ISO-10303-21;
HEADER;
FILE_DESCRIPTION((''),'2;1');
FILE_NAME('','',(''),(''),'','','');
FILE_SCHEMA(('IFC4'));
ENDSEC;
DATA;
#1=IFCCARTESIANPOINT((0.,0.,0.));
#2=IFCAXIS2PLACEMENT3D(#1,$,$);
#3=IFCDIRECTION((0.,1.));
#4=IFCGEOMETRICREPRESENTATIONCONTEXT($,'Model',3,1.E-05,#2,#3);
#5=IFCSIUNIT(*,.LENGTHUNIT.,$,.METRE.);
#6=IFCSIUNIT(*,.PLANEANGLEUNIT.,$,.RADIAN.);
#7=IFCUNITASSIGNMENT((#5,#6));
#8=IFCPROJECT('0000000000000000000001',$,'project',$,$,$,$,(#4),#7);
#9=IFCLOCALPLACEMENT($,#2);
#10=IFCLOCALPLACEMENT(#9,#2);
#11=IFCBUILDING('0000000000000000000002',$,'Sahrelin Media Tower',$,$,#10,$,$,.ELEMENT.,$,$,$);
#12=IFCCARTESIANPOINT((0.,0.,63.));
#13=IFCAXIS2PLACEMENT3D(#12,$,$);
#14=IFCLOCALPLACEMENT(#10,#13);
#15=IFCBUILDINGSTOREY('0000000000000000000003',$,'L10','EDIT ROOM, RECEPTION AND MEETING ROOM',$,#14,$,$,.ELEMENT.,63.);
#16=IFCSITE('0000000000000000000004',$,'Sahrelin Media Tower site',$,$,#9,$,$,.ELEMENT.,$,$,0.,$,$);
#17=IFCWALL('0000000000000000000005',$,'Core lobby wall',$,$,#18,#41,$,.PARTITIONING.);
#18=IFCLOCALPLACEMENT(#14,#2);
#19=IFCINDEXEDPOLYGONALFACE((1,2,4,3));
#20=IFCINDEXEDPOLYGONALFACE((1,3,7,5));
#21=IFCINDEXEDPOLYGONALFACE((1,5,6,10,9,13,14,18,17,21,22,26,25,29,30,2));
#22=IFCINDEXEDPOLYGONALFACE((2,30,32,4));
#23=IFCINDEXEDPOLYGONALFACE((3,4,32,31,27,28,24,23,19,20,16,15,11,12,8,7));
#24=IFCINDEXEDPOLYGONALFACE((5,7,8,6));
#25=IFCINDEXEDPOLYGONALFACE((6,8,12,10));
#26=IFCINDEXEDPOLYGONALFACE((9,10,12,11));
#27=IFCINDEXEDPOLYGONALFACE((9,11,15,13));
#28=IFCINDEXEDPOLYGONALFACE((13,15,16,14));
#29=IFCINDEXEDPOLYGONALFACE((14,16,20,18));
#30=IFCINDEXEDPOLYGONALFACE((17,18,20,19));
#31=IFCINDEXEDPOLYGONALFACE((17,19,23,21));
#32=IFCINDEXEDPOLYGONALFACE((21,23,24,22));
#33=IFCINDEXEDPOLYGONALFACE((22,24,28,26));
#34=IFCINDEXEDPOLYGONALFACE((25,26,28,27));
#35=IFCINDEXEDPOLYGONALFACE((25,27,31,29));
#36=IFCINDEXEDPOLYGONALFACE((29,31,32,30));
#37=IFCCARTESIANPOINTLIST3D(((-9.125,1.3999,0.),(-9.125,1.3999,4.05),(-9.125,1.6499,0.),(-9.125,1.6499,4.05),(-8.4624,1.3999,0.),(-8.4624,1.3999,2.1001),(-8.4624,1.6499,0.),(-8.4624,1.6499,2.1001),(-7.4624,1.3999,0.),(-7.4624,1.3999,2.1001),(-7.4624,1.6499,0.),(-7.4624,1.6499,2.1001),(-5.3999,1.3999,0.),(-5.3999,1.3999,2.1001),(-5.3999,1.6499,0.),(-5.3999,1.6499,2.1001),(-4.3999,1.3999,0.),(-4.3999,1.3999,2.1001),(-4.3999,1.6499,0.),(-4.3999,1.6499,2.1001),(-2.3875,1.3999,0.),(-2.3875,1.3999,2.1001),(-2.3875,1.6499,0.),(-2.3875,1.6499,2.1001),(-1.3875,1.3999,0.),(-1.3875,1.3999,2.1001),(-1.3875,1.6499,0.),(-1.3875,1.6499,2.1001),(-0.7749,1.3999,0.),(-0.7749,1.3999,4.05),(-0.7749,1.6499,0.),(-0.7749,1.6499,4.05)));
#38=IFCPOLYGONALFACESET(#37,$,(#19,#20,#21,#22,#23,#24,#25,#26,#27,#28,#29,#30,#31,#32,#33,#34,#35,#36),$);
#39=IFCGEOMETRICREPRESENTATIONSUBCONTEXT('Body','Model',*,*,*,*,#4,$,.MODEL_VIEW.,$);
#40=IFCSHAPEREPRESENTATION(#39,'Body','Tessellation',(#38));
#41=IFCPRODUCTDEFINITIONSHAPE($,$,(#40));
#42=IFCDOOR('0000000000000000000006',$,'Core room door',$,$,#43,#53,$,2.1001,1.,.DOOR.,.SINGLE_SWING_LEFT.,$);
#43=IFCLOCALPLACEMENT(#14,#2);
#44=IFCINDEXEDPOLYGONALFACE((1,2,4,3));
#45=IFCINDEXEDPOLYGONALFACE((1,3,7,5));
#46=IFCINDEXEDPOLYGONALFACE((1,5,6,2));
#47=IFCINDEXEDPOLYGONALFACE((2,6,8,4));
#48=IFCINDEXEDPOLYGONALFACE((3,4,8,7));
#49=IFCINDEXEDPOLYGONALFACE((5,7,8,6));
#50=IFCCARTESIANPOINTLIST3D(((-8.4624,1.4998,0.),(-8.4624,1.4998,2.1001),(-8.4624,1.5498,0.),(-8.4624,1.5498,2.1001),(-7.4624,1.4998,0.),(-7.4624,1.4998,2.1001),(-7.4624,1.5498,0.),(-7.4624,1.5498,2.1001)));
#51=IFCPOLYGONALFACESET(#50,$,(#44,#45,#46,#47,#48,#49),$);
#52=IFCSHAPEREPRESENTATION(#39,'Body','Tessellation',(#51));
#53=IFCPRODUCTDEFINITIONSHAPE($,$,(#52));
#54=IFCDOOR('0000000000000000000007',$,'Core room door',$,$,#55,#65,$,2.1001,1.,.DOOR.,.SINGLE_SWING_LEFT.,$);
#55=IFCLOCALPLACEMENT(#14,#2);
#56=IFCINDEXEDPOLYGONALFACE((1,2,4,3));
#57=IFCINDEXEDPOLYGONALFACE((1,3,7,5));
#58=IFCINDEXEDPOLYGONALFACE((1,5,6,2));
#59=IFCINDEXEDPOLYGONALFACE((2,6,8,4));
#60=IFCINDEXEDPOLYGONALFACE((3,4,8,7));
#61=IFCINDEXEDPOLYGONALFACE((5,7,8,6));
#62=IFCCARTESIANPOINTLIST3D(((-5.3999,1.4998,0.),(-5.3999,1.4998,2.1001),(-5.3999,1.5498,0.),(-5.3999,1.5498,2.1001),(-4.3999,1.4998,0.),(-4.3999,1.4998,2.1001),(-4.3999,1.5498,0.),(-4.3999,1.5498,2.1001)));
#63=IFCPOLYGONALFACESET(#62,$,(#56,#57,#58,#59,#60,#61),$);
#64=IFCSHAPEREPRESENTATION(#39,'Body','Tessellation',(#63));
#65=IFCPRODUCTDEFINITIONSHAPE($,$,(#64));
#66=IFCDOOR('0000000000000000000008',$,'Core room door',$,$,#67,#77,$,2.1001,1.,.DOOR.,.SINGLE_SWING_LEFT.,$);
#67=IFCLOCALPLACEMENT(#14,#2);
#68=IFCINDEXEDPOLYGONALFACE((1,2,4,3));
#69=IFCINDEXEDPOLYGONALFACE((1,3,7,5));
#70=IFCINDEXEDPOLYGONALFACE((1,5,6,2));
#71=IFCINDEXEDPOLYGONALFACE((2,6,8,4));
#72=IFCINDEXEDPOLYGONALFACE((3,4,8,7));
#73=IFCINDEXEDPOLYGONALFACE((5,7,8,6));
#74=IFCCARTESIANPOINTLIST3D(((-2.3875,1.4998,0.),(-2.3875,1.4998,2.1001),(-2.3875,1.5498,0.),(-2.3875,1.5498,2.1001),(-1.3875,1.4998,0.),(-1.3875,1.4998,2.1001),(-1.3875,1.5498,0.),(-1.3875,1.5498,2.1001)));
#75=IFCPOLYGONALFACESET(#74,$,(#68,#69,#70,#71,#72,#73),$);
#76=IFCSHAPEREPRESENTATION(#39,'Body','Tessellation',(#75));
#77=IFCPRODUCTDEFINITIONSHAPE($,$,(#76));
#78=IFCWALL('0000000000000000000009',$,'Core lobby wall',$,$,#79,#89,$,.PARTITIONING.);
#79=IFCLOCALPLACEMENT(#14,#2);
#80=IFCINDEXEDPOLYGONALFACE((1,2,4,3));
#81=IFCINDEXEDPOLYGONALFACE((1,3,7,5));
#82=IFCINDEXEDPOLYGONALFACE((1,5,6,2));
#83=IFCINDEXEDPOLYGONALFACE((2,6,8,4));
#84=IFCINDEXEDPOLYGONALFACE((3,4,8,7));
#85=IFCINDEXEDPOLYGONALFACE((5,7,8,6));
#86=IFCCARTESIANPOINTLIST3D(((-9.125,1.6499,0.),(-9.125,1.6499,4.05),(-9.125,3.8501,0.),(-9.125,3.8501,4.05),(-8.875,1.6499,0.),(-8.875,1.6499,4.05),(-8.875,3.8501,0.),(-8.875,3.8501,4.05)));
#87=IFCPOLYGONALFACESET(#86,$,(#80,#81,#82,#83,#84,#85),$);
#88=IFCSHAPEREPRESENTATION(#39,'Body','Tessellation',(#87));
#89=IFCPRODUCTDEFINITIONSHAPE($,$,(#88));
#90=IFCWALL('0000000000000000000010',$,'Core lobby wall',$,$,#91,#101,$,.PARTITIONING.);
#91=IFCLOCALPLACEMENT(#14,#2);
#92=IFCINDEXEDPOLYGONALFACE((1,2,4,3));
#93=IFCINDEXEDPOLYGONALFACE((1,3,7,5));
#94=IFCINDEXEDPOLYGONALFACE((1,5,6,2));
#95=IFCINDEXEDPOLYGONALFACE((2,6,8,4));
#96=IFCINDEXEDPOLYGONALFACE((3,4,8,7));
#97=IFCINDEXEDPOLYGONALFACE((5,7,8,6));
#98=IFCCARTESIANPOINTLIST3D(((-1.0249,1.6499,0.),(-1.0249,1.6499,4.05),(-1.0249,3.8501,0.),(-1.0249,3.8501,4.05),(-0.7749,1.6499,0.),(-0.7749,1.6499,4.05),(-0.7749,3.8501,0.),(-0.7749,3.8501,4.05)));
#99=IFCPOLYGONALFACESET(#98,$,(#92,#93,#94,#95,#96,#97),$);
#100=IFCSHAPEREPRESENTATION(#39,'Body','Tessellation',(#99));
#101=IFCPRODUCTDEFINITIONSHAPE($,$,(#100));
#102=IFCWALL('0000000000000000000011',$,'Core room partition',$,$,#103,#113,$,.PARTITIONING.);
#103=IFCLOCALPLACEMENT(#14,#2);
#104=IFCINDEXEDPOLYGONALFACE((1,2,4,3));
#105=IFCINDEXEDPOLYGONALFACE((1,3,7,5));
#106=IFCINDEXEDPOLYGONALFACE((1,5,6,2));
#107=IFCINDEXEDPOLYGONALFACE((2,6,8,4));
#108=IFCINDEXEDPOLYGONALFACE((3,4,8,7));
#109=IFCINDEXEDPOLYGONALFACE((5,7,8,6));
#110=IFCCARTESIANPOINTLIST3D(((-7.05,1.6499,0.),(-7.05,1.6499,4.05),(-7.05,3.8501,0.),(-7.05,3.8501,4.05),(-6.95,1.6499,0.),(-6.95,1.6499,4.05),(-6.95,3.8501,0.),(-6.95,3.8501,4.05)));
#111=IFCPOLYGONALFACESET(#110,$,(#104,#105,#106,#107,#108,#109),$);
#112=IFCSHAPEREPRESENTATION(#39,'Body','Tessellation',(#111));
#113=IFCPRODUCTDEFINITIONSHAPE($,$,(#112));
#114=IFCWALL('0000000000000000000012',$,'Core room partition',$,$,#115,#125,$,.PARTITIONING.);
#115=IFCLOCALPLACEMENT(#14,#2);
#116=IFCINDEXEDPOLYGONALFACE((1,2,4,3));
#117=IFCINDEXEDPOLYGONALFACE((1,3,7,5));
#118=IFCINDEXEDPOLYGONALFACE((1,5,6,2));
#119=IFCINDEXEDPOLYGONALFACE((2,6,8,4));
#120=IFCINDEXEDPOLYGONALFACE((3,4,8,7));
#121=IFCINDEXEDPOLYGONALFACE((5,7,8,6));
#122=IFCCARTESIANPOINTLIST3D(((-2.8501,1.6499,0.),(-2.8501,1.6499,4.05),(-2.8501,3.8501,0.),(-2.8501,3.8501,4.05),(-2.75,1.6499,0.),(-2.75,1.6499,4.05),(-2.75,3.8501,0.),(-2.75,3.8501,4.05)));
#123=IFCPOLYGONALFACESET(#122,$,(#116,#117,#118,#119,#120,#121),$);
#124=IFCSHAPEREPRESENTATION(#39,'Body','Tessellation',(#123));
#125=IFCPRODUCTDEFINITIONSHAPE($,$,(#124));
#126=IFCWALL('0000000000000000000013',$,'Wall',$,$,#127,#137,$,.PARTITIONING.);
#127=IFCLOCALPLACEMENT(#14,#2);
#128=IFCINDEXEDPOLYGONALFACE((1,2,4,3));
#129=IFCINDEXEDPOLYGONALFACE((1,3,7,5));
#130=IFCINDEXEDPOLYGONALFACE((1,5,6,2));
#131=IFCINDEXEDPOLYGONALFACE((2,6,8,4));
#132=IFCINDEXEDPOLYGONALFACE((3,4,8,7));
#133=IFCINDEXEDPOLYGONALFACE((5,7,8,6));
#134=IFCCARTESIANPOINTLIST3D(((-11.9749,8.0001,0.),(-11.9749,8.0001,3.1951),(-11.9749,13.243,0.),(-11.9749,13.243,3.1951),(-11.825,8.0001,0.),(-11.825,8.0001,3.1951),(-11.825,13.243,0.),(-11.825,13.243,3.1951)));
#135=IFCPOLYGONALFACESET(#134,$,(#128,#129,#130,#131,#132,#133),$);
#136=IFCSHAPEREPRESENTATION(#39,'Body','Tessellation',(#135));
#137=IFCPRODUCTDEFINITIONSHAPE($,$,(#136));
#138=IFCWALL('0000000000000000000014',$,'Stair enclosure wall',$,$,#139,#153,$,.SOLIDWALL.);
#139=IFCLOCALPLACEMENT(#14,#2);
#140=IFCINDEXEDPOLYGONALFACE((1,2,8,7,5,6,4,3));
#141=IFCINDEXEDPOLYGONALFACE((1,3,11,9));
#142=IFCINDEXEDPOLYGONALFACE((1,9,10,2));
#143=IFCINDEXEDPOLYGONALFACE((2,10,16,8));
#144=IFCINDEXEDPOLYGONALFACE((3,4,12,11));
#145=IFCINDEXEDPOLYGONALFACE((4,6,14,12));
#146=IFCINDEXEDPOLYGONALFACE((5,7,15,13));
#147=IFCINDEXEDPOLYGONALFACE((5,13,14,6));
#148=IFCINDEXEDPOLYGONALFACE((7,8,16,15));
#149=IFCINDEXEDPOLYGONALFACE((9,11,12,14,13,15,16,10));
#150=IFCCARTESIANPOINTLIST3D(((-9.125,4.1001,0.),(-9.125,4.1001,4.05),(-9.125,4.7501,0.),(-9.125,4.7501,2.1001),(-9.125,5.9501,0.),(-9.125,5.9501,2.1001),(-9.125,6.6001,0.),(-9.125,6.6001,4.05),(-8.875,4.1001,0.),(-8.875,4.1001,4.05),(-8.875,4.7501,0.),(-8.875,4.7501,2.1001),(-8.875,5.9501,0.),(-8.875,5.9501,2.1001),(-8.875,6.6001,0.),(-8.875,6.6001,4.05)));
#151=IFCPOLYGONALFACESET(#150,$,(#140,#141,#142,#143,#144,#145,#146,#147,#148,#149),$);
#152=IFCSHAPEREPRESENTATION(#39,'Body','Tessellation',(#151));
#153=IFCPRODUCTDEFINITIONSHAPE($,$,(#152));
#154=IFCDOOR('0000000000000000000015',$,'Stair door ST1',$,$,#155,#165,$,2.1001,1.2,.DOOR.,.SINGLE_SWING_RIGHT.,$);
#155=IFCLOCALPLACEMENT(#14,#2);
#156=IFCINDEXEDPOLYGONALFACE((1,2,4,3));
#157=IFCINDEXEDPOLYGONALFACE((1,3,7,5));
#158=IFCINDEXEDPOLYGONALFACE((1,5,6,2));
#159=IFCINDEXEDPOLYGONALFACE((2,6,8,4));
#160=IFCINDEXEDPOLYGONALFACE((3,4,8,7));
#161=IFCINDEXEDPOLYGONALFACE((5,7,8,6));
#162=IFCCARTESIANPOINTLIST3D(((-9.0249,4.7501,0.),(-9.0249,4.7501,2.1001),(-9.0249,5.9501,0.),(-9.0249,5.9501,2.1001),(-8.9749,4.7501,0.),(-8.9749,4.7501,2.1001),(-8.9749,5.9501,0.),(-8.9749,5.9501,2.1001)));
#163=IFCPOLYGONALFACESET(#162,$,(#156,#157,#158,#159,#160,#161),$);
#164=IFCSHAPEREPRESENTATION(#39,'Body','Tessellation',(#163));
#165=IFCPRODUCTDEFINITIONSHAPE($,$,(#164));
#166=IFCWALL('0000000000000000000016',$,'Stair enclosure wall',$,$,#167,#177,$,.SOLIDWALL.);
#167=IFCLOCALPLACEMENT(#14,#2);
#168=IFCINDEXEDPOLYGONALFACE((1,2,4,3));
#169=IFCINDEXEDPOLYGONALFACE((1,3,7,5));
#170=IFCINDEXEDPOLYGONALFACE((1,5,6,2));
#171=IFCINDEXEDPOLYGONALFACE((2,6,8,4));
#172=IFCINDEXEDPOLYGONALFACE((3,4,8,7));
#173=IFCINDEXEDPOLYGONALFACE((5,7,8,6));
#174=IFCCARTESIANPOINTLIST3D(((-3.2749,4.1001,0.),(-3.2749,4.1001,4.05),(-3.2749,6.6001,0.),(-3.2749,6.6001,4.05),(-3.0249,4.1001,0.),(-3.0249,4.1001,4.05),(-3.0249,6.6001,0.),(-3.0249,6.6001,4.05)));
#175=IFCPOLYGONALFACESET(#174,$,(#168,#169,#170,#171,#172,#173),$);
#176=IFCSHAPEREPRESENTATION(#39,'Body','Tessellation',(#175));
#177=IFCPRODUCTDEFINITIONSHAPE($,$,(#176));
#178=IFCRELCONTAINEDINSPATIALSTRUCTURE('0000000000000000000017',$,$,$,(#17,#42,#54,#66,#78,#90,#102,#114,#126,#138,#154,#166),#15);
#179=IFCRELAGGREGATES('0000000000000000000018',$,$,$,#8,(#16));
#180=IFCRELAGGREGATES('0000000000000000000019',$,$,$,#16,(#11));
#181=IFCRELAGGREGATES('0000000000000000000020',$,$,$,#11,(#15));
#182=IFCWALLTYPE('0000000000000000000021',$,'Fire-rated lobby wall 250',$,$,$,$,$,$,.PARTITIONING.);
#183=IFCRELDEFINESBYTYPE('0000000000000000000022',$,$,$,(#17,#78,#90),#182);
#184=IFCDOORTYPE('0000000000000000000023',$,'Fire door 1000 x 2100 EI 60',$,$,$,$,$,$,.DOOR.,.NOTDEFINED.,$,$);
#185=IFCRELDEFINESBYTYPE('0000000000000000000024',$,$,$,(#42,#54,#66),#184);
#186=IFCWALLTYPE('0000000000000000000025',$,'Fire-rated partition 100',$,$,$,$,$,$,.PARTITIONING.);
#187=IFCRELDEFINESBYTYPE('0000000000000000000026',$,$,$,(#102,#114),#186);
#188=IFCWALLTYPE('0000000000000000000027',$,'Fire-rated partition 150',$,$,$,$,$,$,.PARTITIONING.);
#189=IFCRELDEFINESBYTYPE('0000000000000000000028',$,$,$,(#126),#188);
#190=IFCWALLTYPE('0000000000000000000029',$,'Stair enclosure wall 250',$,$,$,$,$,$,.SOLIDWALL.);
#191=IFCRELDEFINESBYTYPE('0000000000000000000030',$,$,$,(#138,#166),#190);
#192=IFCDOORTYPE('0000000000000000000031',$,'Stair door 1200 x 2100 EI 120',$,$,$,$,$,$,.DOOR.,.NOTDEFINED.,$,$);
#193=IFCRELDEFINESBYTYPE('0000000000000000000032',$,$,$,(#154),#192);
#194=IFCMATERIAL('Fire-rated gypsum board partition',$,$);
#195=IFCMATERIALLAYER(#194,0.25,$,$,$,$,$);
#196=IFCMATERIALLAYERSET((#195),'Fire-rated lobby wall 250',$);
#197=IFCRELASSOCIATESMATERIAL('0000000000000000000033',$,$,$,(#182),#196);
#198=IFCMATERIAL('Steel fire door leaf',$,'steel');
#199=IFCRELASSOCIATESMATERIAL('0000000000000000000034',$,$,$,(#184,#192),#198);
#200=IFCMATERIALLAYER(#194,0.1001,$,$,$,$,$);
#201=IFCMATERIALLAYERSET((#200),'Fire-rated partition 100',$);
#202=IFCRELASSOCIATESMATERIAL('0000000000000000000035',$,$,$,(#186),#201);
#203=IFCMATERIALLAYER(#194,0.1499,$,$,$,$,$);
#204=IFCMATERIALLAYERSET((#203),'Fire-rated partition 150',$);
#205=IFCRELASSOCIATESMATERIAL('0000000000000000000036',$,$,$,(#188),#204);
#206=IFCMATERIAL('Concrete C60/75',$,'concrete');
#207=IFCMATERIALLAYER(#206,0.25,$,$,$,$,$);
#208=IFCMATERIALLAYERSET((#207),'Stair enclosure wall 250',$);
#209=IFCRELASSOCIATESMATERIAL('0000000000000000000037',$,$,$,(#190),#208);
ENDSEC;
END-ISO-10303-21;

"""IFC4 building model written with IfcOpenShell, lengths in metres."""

from ifc_helpers import new_model, si_unit, direction, frame, frame_2d, origin, place, context, subcontext, project, spatial, rectangle, extrude, material, layer, layer_set, type_object, element, fill, save


model = new_model("IFC4")

# Units and contexts
model_context = context("Model", 3, precision=1e-05, world=origin(), true_north=direction((0.0, 1.0)))
body_context = subcontext(model_context, "Body", "Model", "MODEL_VIEW")
ifc_project = project(units=[si_unit("LENGTHUNIT", "METRE"), si_unit("PLANEANGLEUNIT", "RADIAN")], contexts=[model_context])

# Site, building, storey
site_placement = place(None, origin())
site = spatial("IfcSite", under=ifc_project, at=site_placement, Name="Sahrelin Media Tower site", CompositionType="ELEMENT", RefElevation=0.0)
building_placement = place(site_placement, origin())
building = spatial("IfcBuilding", under=site, at=building_placement, Name="Sahrelin Media Tower", CompositionType="ELEMENT")
storey_placement = place(building_placement, frame((0.0, 0.0, 63.0)))
storey = spatial("IfcBuildingStorey", under=building, at=storey_placement, Name="L10", Description="EDIT ROOM, RECEPTION AND MEETING ROOM", CompositionType="ELEMENT", Elevation=63.0)

# Shared definitions
ifc_material_1 = material(Name="Concrete C60/75", Category="concrete")
ifc_material_2 = material(Name="Steel fire door leaf", Category="steel")

# Shared definitions
ifc_material_3 = material(Name="Fire-rated gypsum board partition")
ifc_layer_1 = layer(ifc_material_3, 0.25)
ifc_layer_set_1 = layer_set([ifc_layer_1], Name="Fire-rated lobby wall 250")
wall_type_1 = type_object("IfcWallType", Name="Fire-rated lobby wall 250", PredefinedType="PARTITIONING", material=ifc_layer_set_1)

# Wall, openings, doors
wall_1_placement = place(storey_placement, frame((-9.125, 1.5249, 0.0), z_axis=(0.0, 0.0, 1.0), x_axis=(1.0, 0.0, 0.0)))
wall_1 = element("IfcWall", 1, at=wall_1_placement, inside=storey, type_object=wall_type_1, Name="Core lobby wall", PredefinedType="PARTITIONING", context=body_context, shape_type="SweptSolid", body=[
    extrude(rectangle(XDim=8.3501, YDim=0.25, at=frame_2d((4.175, 0.0))), origin(), (0.0, 0.0, 1.0), 4.05),
])
opening_1_placement = place(wall_1_placement, frame((0.6626, 0.0, 0.0)))
opening_1 = element("IfcOpeningElement", 2, at=opening_1_placement, cuts=wall_1, PredefinedType="OPENING", context=body_context, shape_type="SweptSolid", body=[
    extrude(rectangle(XDim=1.0, YDim=2.1001, at=frame_2d((0.5, 1.05))), frame((0.0, 0.125, 0.0), z_axis=(0.0, -1.0, 0.0), x_axis=(1.0, 0.0, 0.0)), (0.0, 0.0, 1.0), 0.25),
])
opening_2_placement = place(wall_1_placement, frame((3.7251, 0.0, 0.0)))
opening_2 = element("IfcOpeningElement", 3, at=opening_2_placement, cuts=wall_1, PredefinedType="OPENING", context=body_context, shape_type="SweptSolid", body=[
    extrude(rectangle(XDim=1.0, YDim=2.1001, at=frame_2d((0.5, 1.05))), frame((0.0, 0.125, 0.0), z_axis=(0.0, -1.0, 0.0), x_axis=(1.0, 0.0, 0.0)), (0.0, 0.0, 1.0), 0.25),
])
opening_3_placement = place(wall_1_placement, frame((6.7375, 0.0, 0.0)))
opening_3 = element("IfcOpeningElement", 4, at=opening_3_placement, cuts=wall_1, PredefinedType="OPENING", context=body_context, shape_type="SweptSolid", body=[
    extrude(rectangle(XDim=1.0, YDim=2.1001, at=frame_2d((0.5, 1.05))), frame((0.0, 0.125, 0.0), z_axis=(0.0, -1.0, 0.0), x_axis=(1.0, 0.0, 0.0)), (0.0, 0.0, 1.0), 0.25),
])
door_type_1 = type_object("IfcDoorType", Name="Fire door 1000 x 2100 EI 60", OperationType="NOTDEFINED", PredefinedType="DOOR", material=ifc_material_2)
door_1_placement = place(opening_1_placement, origin())
door_1 = element("IfcDoor", 5, at=door_1_placement, inside=storey, type_object=door_type_1, Name="Core room door", OperationType="SINGLE_SWING_LEFT", OverallHeight=2.1001, OverallWidth=1.0, PredefinedType="DOOR", context=body_context, shape_type="SweptSolid", body=[
    extrude(rectangle(XDim=1.0, YDim=2.1001, at=frame_2d((0.5, 1.05))), frame((0.0, 0.0249, 0.0), z_axis=(0.0, -1.0, 0.0), x_axis=(1.0, 0.0, 0.0)), (0.0, 0.0, 1.0), 0.05),
])
fill(opening_1, door_1)
door_2_placement = place(opening_2_placement, origin())
door_2 = element("IfcDoor", 6, at=door_2_placement, inside=storey, type_object=door_type_1, Name="Core room door", OperationType="SINGLE_SWING_LEFT", OverallHeight=2.1001, OverallWidth=1.0, PredefinedType="DOOR", context=body_context, shape_type="SweptSolid", body=[
    extrude(rectangle(XDim=1.0, YDim=2.1001, at=frame_2d((0.5, 1.05))), frame((0.0, 0.0249, 0.0), z_axis=(0.0, -1.0, 0.0), x_axis=(1.0, 0.0, 0.0)), (0.0, 0.0, 1.0), 0.05),
])
fill(opening_2, door_2)
door_3_placement = place(opening_3_placement, origin())
door_3 = element("IfcDoor", 7, at=door_3_placement, inside=storey, type_object=door_type_1, Name="Core room door", OperationType="SINGLE_SWING_LEFT", OverallHeight=2.1001, OverallWidth=1.0, PredefinedType="DOOR", context=body_context, shape_type="SweptSolid", body=[
    extrude(rectangle(XDim=1.0, YDim=2.1001, at=frame_2d((0.5, 1.05))), frame((0.0, 0.0249, 0.0), z_axis=(0.0, -1.0, 0.0), x_axis=(1.0, 0.0, 0.0)), (0.0, 0.0, 1.0), 0.05),
])
fill(opening_3, door_3)

# Walls
for number, where, z_axis, x_axis, name in (
    (8, (-9.0, 1.6499, 0.0), (0.0, 0.0, 1.0), (0.0, 1.0, 0.0), "Core lobby wall"),
    (9, (-0.8999, 1.6499, 0.0), (0.0, 0.0, 1.0), (0.0, 1.0, 0.0), "Core lobby wall"),
):
    element("IfcWall", number, at=place(storey_placement, frame(where, z_axis=z_axis, x_axis=x_axis)), inside=storey, type_object=wall_type_1, Name=name, PredefinedType="PARTITIONING", context=body_context, shape_type="SweptSolid", body=[
        extrude(rectangle(XDim=2.2002, YDim=0.25, at=frame_2d((1.1001, 0.0))), origin(), (0.0, 0.0, 1.0), 4.05),
    ])
ifc_layer_2 = layer(ifc_material_3, 0.1001)
ifc_layer_set_2 = layer_set([ifc_layer_2], Name="Fire-rated partition 100")
wall_type_2 = type_object("IfcWallType", Name="Fire-rated partition 100", PredefinedType="PARTITIONING", material=ifc_layer_set_2)
for number, where, z_axis, x_axis, name in (
    (10, (-7.0, 1.6499, 0.0), (0.0, 0.0, 1.0), (0.0, 1.0, 0.0), "Core room partition"),
    (11, (-2.8, 1.6499, 0.0), (0.0, 0.0, 1.0), (0.0, 1.0, 0.0), "Core room partition"),
):
    element("IfcWall", number, at=place(storey_placement, frame(where, z_axis=z_axis, x_axis=x_axis)), inside=storey, type_object=wall_type_2, Name=name, PredefinedType="PARTITIONING", context=body_context, shape_type="SweptSolid", body=[
        extrude(rectangle(XDim=2.2002, YDim=0.1001, at=frame_2d((1.1001, 0.0))), origin(), (0.0, 0.0, 1.0), 4.05),
    ])
ifc_layer_3 = layer(ifc_material_3, 0.1499)
ifc_layer_set_3 = layer_set([ifc_layer_3], Name="Fire-rated partition 150")
wall_type_3 = type_object("IfcWallType", Name="Fire-rated partition 150", PredefinedType="PARTITIONING", material=ifc_layer_set_3)
wall_2_placement = place(storey_placement, frame((-11.8999, 8.0, 0.0), z_axis=(0.0, 0.0, 1.0), x_axis=(0.0, 1.0, 0.0)))
element("IfcWall", 12, at=wall_2_placement, inside=storey, type_object=wall_type_3, Name="Wall", PredefinedType="PARTITIONING", context=body_context, shape_type="SweptSolid", body=[
    extrude(rectangle(XDim=5.2429, YDim=0.1499, at=frame_2d((2.6216, 0.0))), origin(), (0.0, 0.0, 1.0), 3.1951),
])

# Wall, opening, door
ifc_layer_4 = layer(ifc_material_1, 0.25)
ifc_layer_set_4 = layer_set([ifc_layer_4], Name="Stair enclosure wall 250")
wall_type_4 = type_object("IfcWallType", Name="Stair enclosure wall 250", PredefinedType="SOLIDWALL", material=ifc_layer_set_4)
wall_3_placement = place(storey_placement, frame((-9.0, 4.1001, 0.0), z_axis=(0.0, 0.0, 1.0), x_axis=(0.0, 1.0, 0.0)))
wall_3 = element("IfcWall", 13, at=wall_3_placement, inside=storey, type_object=wall_type_4, Name="Stair enclosure wall", PredefinedType="SOLIDWALL", context=body_context, shape_type="SweptSolid", body=[
    extrude(rectangle(XDim=2.5, YDim=0.25, at=frame_2d((1.25, 0.0))), origin(), (0.0, 0.0, 1.0), 4.05),
])
opening_4_placement = place(wall_3_placement, frame((0.6499, 0.0, 0.0)))
opening_4 = element("IfcOpeningElement", 14, at=opening_4_placement, cuts=wall_3, PredefinedType="OPENING", context=body_context, shape_type="SweptSolid", body=[
    extrude(rectangle(XDim=1.2, YDim=2.1001, at=frame_2d((0.6001, 1.05))), frame((0.0, 0.125, 0.0), z_axis=(0.0, -1.0, 0.0), x_axis=(1.0, 0.0, 0.0)), (0.0, 0.0, 1.0), 0.25),
])
door_type_2 = type_object("IfcDoorType", Name="Stair door 1200 x 2100 EI 120", OperationType="NOTDEFINED", PredefinedType="DOOR", material=ifc_material_2)
door_4_placement = place(opening_4_placement, origin())
door_4 = element("IfcDoor", 15, at=door_4_placement, inside=storey, type_object=door_type_2, Name="Stair door ST1", OperationType="SINGLE_SWING_RIGHT", OverallHeight=2.1001, OverallWidth=1.2, PredefinedType="DOOR", context=body_context, shape_type="SweptSolid", body=[
    extrude(rectangle(XDim=1.2, YDim=2.1001, at=frame_2d((0.6001, 1.05))), frame((0.0, 0.0249, 0.0), z_axis=(0.0, -1.0, 0.0), x_axis=(1.0, 0.0, 0.0)), (0.0, 0.0, 1.0), 0.05),
])
fill(opening_4, door_4)

# Wall
wall_4_placement = place(storey_placement, frame((-3.1499, 4.1001, 0.0), z_axis=(0.0, 0.0, 1.0), x_axis=(0.0, 1.0, 0.0)))
element("IfcWall", 16, at=wall_4_placement, inside=storey, type_object=wall_type_4, Name="Stair enclosure wall", PredefinedType="SOLIDWALL", context=body_context, shape_type="SweptSolid", body=[
    extrude(rectangle(XDim=2.5, YDim=0.25, at=frame_2d((1.25, 0.0))), origin(), (0.0, 0.0, 1.0), 4.05),
])

save(model, "model.ifc")
